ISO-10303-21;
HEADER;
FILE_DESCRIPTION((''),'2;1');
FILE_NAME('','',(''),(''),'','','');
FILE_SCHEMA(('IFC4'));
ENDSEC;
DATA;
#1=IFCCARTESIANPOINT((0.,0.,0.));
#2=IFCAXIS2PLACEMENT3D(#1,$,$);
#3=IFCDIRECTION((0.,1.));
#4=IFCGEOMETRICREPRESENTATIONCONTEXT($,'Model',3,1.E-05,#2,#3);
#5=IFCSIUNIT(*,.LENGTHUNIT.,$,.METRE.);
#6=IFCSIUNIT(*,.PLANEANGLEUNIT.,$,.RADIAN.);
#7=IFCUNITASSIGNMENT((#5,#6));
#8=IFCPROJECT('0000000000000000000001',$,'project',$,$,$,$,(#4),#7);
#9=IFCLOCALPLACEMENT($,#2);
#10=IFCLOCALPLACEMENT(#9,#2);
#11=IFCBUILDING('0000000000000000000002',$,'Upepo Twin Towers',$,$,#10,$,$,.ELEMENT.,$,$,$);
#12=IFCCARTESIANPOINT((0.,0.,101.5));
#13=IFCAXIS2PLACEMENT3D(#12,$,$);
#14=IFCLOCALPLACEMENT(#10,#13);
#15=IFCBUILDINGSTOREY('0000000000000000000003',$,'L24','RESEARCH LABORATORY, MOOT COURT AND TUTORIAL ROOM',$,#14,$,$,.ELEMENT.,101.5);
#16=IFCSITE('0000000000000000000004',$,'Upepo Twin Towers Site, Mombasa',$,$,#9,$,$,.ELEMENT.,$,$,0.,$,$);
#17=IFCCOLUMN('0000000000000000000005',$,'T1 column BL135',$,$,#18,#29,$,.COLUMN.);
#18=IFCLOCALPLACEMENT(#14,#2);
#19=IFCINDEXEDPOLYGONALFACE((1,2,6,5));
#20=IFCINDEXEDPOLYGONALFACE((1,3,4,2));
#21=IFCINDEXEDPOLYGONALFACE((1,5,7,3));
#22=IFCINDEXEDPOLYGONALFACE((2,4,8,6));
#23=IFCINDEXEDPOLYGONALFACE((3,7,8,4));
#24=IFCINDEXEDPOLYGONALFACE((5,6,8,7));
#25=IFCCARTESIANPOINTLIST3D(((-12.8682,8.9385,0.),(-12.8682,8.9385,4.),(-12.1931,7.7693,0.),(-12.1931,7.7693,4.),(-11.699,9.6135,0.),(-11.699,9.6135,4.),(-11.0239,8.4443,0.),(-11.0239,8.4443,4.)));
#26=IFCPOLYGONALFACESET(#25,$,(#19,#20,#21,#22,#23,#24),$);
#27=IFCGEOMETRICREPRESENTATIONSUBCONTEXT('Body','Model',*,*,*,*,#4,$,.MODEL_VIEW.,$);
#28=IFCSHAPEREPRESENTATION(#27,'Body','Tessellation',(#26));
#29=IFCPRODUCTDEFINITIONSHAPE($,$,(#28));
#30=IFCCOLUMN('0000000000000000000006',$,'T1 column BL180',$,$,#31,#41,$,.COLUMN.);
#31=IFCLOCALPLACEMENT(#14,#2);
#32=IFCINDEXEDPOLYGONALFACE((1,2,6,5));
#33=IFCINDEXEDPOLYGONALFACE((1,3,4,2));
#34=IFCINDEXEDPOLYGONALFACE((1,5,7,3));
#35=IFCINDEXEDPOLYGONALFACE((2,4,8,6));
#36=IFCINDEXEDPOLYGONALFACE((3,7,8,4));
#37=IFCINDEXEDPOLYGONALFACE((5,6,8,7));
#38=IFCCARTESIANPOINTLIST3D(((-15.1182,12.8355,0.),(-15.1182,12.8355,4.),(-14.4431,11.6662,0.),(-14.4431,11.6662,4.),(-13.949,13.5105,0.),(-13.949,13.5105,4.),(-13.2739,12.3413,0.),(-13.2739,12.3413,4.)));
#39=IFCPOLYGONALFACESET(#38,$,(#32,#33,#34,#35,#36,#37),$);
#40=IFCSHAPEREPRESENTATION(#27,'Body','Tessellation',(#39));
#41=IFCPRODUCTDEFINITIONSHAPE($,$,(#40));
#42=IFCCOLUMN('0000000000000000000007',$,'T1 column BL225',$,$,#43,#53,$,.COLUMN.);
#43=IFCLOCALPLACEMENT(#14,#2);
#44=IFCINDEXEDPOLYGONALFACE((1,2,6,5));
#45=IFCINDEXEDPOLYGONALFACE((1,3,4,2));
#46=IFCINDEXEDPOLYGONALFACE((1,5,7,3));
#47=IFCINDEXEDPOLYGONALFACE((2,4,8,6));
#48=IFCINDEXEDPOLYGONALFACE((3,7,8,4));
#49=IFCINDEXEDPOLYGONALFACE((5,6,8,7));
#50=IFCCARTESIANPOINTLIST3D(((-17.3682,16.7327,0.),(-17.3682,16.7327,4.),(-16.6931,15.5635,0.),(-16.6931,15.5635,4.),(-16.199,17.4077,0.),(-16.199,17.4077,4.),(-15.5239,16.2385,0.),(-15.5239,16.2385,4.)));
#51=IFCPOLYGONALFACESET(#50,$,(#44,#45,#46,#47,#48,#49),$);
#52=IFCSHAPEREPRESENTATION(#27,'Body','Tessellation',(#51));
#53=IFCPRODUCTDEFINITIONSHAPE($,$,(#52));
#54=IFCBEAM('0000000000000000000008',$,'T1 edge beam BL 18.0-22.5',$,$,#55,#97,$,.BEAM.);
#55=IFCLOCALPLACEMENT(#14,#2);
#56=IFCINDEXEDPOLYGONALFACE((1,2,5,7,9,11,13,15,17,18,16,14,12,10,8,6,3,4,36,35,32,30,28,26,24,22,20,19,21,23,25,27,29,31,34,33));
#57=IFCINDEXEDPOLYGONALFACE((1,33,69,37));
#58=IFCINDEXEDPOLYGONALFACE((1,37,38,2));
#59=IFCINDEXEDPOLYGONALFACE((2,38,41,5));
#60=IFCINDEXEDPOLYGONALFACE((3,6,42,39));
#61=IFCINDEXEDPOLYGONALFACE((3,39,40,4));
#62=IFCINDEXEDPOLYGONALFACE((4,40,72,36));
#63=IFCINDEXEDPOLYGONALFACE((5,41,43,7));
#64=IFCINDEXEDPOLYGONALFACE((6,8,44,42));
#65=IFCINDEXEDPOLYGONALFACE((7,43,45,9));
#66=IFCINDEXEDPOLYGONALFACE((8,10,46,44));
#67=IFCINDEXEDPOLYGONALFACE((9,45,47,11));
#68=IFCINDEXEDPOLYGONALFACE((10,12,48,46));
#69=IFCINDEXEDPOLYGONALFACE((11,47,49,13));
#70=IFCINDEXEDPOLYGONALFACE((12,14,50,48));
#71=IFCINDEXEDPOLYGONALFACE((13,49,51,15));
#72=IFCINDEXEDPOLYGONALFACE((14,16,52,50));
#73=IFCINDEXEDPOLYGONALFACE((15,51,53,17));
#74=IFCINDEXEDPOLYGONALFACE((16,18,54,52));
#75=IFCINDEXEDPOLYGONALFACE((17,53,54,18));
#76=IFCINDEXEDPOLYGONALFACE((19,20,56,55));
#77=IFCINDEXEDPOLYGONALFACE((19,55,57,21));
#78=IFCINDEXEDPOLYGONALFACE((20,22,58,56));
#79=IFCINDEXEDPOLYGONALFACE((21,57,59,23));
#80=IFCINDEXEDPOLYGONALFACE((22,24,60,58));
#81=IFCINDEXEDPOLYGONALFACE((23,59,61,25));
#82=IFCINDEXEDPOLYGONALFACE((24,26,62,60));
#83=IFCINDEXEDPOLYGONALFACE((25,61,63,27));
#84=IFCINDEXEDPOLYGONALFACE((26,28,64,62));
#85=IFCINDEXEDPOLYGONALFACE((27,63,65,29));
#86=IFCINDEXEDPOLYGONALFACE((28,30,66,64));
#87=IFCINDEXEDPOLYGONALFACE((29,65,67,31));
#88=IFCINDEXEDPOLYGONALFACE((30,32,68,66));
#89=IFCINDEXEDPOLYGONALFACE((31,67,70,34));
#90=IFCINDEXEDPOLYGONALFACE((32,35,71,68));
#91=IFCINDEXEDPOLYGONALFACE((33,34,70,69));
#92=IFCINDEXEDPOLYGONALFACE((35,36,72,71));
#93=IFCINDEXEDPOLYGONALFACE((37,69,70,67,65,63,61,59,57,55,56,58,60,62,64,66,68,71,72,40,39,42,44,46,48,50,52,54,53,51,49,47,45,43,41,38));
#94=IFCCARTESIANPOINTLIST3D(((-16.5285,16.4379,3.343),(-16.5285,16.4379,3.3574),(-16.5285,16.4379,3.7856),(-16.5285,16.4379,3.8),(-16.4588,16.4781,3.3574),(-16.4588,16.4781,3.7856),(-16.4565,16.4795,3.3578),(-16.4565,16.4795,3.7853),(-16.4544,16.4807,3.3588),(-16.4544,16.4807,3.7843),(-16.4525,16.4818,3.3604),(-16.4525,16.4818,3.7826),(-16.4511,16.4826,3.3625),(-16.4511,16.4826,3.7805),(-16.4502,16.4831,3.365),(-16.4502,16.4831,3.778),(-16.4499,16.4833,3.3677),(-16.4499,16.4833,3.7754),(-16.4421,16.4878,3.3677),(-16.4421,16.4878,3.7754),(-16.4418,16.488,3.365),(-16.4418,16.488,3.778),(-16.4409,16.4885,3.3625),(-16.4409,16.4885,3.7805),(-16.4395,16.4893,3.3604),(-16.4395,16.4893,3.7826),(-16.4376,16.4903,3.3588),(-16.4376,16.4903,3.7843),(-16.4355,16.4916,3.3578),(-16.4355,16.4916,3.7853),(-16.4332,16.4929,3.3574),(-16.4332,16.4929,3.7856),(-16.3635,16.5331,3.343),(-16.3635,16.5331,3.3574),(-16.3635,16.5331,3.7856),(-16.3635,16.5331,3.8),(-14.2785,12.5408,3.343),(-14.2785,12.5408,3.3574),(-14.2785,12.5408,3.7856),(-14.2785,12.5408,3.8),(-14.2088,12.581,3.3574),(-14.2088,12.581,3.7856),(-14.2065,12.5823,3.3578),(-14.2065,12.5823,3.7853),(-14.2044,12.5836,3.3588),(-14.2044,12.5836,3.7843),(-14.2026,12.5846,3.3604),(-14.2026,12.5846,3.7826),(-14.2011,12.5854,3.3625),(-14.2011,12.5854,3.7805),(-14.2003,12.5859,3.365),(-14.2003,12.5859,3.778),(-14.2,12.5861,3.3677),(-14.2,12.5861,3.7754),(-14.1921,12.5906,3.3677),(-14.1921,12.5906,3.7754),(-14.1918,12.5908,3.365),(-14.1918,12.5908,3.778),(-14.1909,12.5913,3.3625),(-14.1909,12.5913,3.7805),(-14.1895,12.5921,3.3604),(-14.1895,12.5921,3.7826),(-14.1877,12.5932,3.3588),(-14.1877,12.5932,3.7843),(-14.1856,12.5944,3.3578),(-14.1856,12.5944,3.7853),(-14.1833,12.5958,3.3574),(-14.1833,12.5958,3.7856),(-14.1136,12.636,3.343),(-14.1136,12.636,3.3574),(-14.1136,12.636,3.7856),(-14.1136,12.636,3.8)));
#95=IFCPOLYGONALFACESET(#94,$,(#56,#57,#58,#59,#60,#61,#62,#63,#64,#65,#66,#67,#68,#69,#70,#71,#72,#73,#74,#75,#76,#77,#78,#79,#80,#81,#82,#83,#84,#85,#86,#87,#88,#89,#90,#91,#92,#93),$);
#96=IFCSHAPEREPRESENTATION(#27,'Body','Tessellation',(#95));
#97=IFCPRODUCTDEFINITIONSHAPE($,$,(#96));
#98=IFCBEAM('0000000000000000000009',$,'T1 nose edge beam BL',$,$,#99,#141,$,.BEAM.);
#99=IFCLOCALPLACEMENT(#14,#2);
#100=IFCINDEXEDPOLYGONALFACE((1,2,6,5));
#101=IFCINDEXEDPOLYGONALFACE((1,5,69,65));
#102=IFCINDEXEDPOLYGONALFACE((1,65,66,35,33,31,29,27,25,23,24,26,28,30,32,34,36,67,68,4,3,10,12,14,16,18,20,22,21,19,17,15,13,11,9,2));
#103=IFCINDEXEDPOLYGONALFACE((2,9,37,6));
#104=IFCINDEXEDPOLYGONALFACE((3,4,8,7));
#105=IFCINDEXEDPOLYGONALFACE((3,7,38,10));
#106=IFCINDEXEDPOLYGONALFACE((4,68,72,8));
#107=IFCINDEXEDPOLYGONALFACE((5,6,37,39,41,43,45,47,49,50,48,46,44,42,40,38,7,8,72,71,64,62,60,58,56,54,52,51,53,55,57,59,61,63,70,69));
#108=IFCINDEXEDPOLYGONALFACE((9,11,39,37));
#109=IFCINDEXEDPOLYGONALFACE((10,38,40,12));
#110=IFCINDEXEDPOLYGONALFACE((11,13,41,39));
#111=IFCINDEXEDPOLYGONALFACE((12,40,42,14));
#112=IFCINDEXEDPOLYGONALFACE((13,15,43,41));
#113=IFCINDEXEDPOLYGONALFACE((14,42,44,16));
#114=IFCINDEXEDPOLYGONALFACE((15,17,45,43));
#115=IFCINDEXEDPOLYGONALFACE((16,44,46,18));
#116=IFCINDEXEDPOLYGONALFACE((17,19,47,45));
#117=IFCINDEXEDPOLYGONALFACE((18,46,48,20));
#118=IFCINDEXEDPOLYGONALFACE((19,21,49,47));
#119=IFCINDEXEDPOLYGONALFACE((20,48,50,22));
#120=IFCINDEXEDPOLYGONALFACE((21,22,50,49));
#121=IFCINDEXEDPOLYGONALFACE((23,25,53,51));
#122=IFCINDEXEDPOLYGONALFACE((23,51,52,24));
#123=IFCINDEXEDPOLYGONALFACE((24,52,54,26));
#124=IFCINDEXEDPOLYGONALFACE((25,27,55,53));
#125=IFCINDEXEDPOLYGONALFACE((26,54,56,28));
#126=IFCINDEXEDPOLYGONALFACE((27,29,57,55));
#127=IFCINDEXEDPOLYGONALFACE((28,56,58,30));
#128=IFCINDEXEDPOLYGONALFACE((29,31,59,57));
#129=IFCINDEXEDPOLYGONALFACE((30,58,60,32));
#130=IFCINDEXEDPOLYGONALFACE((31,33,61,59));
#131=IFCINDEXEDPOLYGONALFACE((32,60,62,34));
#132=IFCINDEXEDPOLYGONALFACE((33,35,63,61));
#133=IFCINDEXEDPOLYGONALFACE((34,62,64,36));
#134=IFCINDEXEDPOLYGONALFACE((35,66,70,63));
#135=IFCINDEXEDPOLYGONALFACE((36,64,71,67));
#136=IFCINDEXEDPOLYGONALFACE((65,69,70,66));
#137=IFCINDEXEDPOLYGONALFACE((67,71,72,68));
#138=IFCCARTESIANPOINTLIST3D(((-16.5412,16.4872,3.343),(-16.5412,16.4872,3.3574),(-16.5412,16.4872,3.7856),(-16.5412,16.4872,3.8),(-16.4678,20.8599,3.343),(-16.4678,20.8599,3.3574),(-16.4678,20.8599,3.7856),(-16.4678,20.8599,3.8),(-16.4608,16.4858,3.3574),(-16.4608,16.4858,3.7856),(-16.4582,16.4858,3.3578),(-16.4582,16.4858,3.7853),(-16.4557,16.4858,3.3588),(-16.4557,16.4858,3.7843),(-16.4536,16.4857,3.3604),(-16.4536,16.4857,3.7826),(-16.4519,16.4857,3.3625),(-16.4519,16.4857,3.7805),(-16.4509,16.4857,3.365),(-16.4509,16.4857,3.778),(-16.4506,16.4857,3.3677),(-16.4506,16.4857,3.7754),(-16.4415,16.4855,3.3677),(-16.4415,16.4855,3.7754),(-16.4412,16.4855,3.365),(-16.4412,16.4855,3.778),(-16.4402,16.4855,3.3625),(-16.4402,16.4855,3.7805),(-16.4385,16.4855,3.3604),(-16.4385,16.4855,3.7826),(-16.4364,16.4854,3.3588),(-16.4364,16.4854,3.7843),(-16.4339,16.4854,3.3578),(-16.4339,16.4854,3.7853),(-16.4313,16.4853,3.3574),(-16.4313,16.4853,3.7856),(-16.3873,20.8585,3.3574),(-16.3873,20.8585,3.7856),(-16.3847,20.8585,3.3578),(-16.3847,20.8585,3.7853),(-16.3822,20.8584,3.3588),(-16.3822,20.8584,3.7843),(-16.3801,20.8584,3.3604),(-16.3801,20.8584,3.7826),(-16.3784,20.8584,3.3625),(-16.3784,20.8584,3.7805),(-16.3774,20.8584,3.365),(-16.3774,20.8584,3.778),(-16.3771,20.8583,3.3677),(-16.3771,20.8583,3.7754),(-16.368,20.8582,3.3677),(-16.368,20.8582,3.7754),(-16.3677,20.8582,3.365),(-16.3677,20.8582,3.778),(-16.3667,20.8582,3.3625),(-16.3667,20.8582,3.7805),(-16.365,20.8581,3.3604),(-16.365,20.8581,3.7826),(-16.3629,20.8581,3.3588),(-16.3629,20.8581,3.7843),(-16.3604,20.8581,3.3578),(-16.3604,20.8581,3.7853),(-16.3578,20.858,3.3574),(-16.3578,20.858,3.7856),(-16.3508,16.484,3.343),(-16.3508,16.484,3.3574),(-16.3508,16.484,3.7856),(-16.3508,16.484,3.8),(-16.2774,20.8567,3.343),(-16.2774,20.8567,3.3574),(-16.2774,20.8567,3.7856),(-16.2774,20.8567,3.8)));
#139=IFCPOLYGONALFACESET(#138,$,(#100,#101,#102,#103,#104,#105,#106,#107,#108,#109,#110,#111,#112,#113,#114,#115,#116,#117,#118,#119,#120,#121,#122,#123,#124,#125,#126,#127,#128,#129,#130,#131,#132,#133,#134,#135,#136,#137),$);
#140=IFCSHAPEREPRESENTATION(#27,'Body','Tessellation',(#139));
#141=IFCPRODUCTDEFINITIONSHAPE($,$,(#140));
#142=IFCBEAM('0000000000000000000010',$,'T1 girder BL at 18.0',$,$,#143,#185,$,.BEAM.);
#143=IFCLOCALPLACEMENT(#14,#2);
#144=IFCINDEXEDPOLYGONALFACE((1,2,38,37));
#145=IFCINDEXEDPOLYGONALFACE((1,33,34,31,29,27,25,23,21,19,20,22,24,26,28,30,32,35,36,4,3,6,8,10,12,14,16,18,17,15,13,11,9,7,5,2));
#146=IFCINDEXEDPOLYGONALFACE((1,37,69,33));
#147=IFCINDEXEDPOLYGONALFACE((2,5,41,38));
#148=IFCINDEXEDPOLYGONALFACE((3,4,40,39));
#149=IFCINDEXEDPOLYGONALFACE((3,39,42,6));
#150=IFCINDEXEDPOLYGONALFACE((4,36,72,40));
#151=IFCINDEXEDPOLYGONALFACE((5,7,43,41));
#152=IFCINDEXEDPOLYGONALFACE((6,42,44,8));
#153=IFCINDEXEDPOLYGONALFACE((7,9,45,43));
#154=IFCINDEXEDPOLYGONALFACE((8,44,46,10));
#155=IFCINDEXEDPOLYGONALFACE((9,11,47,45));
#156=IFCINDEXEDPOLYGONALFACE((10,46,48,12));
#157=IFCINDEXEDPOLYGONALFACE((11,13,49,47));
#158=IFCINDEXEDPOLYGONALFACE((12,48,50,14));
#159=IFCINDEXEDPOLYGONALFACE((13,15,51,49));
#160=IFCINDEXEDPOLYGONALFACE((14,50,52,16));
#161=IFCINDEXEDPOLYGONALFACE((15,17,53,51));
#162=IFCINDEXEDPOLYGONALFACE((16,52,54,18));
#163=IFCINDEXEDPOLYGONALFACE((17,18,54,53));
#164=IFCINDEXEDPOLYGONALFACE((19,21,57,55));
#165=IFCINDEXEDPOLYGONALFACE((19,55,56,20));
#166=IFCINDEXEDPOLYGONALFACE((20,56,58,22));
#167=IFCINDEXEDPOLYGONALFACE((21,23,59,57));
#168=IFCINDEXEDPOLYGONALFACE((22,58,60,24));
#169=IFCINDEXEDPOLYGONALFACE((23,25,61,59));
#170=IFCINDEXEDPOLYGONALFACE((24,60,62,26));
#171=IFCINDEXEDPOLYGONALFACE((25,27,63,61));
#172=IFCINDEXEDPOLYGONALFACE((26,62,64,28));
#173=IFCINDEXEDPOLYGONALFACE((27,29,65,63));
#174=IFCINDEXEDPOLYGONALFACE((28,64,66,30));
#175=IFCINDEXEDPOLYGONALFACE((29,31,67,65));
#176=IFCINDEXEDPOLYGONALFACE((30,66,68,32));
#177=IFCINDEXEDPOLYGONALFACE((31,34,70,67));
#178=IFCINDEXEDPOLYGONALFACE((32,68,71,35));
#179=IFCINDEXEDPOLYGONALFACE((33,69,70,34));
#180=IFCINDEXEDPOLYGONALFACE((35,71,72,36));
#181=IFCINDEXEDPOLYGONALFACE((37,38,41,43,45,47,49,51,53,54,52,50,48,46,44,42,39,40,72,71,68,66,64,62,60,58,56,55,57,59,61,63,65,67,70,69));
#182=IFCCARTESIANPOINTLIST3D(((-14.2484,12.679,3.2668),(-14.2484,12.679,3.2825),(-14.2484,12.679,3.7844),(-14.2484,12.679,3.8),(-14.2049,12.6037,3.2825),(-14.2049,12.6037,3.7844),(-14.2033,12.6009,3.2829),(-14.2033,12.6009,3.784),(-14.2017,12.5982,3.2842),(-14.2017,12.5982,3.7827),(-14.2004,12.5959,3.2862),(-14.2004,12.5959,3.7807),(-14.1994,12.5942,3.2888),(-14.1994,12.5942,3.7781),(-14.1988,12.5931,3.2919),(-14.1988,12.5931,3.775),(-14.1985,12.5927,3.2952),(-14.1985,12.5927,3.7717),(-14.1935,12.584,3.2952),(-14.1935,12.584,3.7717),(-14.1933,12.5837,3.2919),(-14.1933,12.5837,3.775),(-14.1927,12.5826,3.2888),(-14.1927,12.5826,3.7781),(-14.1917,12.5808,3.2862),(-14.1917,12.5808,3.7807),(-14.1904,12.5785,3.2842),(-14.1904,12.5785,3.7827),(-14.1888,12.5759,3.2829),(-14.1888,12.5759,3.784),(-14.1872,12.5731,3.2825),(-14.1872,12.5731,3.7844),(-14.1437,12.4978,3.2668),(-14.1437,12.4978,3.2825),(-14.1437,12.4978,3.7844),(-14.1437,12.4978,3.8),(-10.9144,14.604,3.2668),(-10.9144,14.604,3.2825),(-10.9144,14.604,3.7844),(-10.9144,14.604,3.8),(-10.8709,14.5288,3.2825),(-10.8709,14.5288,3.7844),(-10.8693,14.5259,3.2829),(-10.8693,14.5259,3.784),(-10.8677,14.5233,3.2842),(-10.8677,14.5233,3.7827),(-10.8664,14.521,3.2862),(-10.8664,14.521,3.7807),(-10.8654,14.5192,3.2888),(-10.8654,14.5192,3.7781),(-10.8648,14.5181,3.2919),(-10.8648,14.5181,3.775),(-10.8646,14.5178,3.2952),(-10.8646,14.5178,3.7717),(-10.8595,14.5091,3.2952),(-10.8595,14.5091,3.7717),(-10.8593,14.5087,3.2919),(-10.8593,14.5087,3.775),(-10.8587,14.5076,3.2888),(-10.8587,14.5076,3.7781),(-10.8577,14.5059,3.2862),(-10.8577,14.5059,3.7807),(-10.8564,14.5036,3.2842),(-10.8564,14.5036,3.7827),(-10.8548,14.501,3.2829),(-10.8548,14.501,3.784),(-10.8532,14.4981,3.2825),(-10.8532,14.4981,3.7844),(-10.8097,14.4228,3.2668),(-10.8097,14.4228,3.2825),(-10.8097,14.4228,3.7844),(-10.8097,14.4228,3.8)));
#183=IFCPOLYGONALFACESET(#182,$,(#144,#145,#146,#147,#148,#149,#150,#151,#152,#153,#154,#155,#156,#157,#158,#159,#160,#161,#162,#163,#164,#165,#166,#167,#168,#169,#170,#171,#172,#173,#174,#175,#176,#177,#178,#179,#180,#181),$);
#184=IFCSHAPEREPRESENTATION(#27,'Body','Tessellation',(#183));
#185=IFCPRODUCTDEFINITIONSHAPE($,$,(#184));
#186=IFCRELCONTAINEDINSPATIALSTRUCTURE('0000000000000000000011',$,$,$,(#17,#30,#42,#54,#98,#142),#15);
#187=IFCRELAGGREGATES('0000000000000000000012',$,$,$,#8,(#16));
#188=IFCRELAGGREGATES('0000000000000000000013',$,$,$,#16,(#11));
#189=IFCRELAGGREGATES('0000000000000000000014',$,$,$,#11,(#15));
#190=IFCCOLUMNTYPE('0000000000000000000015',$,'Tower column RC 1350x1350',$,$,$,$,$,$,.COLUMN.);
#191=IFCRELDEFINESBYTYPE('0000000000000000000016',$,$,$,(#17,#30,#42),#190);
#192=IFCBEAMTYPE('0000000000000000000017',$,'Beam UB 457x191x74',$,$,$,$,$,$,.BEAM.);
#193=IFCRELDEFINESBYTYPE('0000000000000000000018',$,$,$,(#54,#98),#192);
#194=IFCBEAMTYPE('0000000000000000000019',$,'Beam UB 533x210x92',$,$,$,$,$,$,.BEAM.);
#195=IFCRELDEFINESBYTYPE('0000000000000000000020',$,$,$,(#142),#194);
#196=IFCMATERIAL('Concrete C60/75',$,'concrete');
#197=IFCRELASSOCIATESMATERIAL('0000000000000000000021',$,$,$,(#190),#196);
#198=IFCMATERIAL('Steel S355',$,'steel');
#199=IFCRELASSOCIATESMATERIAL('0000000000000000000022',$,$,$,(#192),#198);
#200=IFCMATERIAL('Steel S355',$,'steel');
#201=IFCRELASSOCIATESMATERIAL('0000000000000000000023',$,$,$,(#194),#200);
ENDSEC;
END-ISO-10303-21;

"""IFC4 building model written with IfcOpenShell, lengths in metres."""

from ifc_helpers import new_model, si_unit, direction, frame, origin, origin_2d, place, context, subcontext, project, spatial, rectangle, i_section, extrude, material, material_profile, profile_set, type_object, element, save


model = new_model("IFC4")

# Units and contexts
model_context = context("Model", 3, precision=1e-05, world=origin(), true_north=direction((0.0, 1.0)))
body_context = subcontext(model_context, "Body", "Model", "MODEL_VIEW")
ifc_project = project(units=[si_unit("LENGTHUNIT", "METRE"), si_unit("PLANEANGLEUNIT", "RADIAN")], contexts=[model_context])

# Site, building, storey
site_placement = place(None, origin())
site = spatial("IfcSite", under=ifc_project, at=site_placement, Name="Upepo Twin Towers Site, Mombasa", CompositionType="ELEMENT", RefElevation=0.0)
building_placement = place(site_placement, origin())
building = spatial("IfcBuilding", under=site, at=building_placement, Name="Upepo Twin Towers", CompositionType="ELEMENT")
storey_placement = place(building_placement, frame((0.0, 0.0, 101.5)))
storey = spatial("IfcBuildingStorey", under=building, at=storey_placement, Name="L24", Description="RESEARCH LABORATORY, MOOT COURT AND TUTORIAL ROOM", CompositionType="ELEMENT", Elevation=101.5)

# Columns
ifc_material_1 = material(Name="Concrete C60/75", Category="concrete")
ifc_material_profile_1 = material_profile(ifc_material_1, rectangle(XDim=1.3501, YDim=1.3501, at=origin_2d()), Name="RC 1350x1350")
ifc_profile_set_1 = profile_set([ifc_material_profile_1], Name="Concrete C60/75")
column_type = type_object("IfcColumnType", Name="Tower column RC 1350x1350", PredefinedType="COLUMN", material=ifc_profile_set_1)
for number, where, z_axis, x_axis, name in (
    (1, (-11.946, 8.6914, 0.0), (0.0, 0.0, 1.0), (0.866025, 0.5, 0.0), "T1 column BL135"),
    (2, (-14.196, 12.5884, 0.0), (0.0, 0.0, 1.0), (0.866025, 0.5, 0.0), "T1 column BL180"),
    (3, (-16.446, 16.4856, 0.0), (0.0, 0.0, 1.0), (0.866025, 0.5, 0.0), "T1 column BL225"),
):
    element("IfcColumn", number, at=place(storey_placement, frame(where, z_axis=z_axis, x_axis=x_axis)), inside=storey, type_object=column_type, Name=name, PredefinedType="COLUMN", context=body_context, shape_type="SweptSolid", body=[
        extrude(rectangle(XDim=1.3501, YDim=1.3501, at=origin_2d()), origin(), (0.0, 0.0, 1.0), 4.0),
    ])

# Beams
ifc_material_2 = material(Name="Steel S355", Category="steel")
ifc_material_profile_2 = material_profile(ifc_material_2, i_section(OverallWidth=0.1904, OverallDepth=0.457, WebThickness=0.009, FlangeThickness=0.0144, FilletRadius=0.0103, at=origin_2d()), Name="UB 457x191x74")
ifc_profile_set_2 = profile_set([ifc_material_profile_2], Name="Steel S355")
beam_type_1 = type_object("IfcBeamType", Name="Beam UB 457x191x74", PredefinedType="BEAM", material=ifc_profile_set_2)
beam_1_placement = place(storey_placement, frame((-14.196, 12.5884, 3.5715), z_axis=(-0.49999, 0.866031, 0.0), x_axis=(-0.866031, -0.49999, 0.0)))
element("IfcBeam", 4, at=beam_1_placement, inside=storey, type_object=beam_type_1, Name="T1 edge beam BL 18.0-22.5", PredefinedType="BEAM", context=body_context, shape_type="SweptSolid", body=[
    extrude(i_section(OverallWidth=0.1904, OverallDepth=0.457, WebThickness=0.009, FlangeThickness=0.0144, FilletRadius=0.0103, at=origin_2d()), origin(), (0.0, 0.0, 1.0), 4.5),
])
beam_2_placement = place(storey_placement, frame((-16.446, 16.4856, 3.5715), z_axis=(0.016804, 0.999859, 0.0), x_axis=(-0.999859, 0.016804, 0.0)))
element("IfcBeam", 5, at=beam_2_placement, inside=storey, type_object=beam_type_1, Name="T1 nose edge beam BL", PredefinedType="BEAM", context=body_context, shape_type="SweptSolid", body=[
    extrude(i_section(OverallWidth=0.1904, OverallDepth=0.457, WebThickness=0.009, FlangeThickness=0.0144, FilletRadius=0.0103, at=origin_2d()), origin(), (0.0, 0.0, 1.0), 4.3733),
])
ifc_material_3 = material(Name="Steel S355", Category="steel")
ifc_material_profile_3 = material_profile(ifc_material_3, i_section(OverallWidth=0.2092, OverallDepth=0.5332, WebThickness=0.01, FlangeThickness=0.0156, FilletRadius=0.0127, at=origin_2d()), Name="UB 533x210x92")
ifc_profile_set_3 = profile_set([ifc_material_profile_3], Name="Steel S355")
beam_type_2 = type_object("IfcBeamType", Name="Beam UB 533x210x92", PredefinedType="BEAM", material=ifc_profile_set_3)
for number, where, z_axis, x_axis, name in (
    (6, (-14.196, 12.5884, 3.5334), (0.866006, 0.500034, 0.0), (-0.500034, 0.866006, 0.0), "T1 girder BL at 18.0"),
):
    element("IfcBeam", number, at=place(storey_placement, frame(where, z_axis=z_axis, x_axis=x_axis)), inside=storey, type_object=beam_type_2, Name=name, PredefinedType="BEAM", context=body_context, shape_type="SweptSolid", body=[
        extrude(i_section(OverallWidth=0.2092, OverallDepth=0.5332, WebThickness=0.01, FlangeThickness=0.0156, FilletRadius=0.0127, at=origin_2d()), origin(), (0.0, 0.0, 1.0), 3.8499),
    ])

save(model, "model.ifc")
